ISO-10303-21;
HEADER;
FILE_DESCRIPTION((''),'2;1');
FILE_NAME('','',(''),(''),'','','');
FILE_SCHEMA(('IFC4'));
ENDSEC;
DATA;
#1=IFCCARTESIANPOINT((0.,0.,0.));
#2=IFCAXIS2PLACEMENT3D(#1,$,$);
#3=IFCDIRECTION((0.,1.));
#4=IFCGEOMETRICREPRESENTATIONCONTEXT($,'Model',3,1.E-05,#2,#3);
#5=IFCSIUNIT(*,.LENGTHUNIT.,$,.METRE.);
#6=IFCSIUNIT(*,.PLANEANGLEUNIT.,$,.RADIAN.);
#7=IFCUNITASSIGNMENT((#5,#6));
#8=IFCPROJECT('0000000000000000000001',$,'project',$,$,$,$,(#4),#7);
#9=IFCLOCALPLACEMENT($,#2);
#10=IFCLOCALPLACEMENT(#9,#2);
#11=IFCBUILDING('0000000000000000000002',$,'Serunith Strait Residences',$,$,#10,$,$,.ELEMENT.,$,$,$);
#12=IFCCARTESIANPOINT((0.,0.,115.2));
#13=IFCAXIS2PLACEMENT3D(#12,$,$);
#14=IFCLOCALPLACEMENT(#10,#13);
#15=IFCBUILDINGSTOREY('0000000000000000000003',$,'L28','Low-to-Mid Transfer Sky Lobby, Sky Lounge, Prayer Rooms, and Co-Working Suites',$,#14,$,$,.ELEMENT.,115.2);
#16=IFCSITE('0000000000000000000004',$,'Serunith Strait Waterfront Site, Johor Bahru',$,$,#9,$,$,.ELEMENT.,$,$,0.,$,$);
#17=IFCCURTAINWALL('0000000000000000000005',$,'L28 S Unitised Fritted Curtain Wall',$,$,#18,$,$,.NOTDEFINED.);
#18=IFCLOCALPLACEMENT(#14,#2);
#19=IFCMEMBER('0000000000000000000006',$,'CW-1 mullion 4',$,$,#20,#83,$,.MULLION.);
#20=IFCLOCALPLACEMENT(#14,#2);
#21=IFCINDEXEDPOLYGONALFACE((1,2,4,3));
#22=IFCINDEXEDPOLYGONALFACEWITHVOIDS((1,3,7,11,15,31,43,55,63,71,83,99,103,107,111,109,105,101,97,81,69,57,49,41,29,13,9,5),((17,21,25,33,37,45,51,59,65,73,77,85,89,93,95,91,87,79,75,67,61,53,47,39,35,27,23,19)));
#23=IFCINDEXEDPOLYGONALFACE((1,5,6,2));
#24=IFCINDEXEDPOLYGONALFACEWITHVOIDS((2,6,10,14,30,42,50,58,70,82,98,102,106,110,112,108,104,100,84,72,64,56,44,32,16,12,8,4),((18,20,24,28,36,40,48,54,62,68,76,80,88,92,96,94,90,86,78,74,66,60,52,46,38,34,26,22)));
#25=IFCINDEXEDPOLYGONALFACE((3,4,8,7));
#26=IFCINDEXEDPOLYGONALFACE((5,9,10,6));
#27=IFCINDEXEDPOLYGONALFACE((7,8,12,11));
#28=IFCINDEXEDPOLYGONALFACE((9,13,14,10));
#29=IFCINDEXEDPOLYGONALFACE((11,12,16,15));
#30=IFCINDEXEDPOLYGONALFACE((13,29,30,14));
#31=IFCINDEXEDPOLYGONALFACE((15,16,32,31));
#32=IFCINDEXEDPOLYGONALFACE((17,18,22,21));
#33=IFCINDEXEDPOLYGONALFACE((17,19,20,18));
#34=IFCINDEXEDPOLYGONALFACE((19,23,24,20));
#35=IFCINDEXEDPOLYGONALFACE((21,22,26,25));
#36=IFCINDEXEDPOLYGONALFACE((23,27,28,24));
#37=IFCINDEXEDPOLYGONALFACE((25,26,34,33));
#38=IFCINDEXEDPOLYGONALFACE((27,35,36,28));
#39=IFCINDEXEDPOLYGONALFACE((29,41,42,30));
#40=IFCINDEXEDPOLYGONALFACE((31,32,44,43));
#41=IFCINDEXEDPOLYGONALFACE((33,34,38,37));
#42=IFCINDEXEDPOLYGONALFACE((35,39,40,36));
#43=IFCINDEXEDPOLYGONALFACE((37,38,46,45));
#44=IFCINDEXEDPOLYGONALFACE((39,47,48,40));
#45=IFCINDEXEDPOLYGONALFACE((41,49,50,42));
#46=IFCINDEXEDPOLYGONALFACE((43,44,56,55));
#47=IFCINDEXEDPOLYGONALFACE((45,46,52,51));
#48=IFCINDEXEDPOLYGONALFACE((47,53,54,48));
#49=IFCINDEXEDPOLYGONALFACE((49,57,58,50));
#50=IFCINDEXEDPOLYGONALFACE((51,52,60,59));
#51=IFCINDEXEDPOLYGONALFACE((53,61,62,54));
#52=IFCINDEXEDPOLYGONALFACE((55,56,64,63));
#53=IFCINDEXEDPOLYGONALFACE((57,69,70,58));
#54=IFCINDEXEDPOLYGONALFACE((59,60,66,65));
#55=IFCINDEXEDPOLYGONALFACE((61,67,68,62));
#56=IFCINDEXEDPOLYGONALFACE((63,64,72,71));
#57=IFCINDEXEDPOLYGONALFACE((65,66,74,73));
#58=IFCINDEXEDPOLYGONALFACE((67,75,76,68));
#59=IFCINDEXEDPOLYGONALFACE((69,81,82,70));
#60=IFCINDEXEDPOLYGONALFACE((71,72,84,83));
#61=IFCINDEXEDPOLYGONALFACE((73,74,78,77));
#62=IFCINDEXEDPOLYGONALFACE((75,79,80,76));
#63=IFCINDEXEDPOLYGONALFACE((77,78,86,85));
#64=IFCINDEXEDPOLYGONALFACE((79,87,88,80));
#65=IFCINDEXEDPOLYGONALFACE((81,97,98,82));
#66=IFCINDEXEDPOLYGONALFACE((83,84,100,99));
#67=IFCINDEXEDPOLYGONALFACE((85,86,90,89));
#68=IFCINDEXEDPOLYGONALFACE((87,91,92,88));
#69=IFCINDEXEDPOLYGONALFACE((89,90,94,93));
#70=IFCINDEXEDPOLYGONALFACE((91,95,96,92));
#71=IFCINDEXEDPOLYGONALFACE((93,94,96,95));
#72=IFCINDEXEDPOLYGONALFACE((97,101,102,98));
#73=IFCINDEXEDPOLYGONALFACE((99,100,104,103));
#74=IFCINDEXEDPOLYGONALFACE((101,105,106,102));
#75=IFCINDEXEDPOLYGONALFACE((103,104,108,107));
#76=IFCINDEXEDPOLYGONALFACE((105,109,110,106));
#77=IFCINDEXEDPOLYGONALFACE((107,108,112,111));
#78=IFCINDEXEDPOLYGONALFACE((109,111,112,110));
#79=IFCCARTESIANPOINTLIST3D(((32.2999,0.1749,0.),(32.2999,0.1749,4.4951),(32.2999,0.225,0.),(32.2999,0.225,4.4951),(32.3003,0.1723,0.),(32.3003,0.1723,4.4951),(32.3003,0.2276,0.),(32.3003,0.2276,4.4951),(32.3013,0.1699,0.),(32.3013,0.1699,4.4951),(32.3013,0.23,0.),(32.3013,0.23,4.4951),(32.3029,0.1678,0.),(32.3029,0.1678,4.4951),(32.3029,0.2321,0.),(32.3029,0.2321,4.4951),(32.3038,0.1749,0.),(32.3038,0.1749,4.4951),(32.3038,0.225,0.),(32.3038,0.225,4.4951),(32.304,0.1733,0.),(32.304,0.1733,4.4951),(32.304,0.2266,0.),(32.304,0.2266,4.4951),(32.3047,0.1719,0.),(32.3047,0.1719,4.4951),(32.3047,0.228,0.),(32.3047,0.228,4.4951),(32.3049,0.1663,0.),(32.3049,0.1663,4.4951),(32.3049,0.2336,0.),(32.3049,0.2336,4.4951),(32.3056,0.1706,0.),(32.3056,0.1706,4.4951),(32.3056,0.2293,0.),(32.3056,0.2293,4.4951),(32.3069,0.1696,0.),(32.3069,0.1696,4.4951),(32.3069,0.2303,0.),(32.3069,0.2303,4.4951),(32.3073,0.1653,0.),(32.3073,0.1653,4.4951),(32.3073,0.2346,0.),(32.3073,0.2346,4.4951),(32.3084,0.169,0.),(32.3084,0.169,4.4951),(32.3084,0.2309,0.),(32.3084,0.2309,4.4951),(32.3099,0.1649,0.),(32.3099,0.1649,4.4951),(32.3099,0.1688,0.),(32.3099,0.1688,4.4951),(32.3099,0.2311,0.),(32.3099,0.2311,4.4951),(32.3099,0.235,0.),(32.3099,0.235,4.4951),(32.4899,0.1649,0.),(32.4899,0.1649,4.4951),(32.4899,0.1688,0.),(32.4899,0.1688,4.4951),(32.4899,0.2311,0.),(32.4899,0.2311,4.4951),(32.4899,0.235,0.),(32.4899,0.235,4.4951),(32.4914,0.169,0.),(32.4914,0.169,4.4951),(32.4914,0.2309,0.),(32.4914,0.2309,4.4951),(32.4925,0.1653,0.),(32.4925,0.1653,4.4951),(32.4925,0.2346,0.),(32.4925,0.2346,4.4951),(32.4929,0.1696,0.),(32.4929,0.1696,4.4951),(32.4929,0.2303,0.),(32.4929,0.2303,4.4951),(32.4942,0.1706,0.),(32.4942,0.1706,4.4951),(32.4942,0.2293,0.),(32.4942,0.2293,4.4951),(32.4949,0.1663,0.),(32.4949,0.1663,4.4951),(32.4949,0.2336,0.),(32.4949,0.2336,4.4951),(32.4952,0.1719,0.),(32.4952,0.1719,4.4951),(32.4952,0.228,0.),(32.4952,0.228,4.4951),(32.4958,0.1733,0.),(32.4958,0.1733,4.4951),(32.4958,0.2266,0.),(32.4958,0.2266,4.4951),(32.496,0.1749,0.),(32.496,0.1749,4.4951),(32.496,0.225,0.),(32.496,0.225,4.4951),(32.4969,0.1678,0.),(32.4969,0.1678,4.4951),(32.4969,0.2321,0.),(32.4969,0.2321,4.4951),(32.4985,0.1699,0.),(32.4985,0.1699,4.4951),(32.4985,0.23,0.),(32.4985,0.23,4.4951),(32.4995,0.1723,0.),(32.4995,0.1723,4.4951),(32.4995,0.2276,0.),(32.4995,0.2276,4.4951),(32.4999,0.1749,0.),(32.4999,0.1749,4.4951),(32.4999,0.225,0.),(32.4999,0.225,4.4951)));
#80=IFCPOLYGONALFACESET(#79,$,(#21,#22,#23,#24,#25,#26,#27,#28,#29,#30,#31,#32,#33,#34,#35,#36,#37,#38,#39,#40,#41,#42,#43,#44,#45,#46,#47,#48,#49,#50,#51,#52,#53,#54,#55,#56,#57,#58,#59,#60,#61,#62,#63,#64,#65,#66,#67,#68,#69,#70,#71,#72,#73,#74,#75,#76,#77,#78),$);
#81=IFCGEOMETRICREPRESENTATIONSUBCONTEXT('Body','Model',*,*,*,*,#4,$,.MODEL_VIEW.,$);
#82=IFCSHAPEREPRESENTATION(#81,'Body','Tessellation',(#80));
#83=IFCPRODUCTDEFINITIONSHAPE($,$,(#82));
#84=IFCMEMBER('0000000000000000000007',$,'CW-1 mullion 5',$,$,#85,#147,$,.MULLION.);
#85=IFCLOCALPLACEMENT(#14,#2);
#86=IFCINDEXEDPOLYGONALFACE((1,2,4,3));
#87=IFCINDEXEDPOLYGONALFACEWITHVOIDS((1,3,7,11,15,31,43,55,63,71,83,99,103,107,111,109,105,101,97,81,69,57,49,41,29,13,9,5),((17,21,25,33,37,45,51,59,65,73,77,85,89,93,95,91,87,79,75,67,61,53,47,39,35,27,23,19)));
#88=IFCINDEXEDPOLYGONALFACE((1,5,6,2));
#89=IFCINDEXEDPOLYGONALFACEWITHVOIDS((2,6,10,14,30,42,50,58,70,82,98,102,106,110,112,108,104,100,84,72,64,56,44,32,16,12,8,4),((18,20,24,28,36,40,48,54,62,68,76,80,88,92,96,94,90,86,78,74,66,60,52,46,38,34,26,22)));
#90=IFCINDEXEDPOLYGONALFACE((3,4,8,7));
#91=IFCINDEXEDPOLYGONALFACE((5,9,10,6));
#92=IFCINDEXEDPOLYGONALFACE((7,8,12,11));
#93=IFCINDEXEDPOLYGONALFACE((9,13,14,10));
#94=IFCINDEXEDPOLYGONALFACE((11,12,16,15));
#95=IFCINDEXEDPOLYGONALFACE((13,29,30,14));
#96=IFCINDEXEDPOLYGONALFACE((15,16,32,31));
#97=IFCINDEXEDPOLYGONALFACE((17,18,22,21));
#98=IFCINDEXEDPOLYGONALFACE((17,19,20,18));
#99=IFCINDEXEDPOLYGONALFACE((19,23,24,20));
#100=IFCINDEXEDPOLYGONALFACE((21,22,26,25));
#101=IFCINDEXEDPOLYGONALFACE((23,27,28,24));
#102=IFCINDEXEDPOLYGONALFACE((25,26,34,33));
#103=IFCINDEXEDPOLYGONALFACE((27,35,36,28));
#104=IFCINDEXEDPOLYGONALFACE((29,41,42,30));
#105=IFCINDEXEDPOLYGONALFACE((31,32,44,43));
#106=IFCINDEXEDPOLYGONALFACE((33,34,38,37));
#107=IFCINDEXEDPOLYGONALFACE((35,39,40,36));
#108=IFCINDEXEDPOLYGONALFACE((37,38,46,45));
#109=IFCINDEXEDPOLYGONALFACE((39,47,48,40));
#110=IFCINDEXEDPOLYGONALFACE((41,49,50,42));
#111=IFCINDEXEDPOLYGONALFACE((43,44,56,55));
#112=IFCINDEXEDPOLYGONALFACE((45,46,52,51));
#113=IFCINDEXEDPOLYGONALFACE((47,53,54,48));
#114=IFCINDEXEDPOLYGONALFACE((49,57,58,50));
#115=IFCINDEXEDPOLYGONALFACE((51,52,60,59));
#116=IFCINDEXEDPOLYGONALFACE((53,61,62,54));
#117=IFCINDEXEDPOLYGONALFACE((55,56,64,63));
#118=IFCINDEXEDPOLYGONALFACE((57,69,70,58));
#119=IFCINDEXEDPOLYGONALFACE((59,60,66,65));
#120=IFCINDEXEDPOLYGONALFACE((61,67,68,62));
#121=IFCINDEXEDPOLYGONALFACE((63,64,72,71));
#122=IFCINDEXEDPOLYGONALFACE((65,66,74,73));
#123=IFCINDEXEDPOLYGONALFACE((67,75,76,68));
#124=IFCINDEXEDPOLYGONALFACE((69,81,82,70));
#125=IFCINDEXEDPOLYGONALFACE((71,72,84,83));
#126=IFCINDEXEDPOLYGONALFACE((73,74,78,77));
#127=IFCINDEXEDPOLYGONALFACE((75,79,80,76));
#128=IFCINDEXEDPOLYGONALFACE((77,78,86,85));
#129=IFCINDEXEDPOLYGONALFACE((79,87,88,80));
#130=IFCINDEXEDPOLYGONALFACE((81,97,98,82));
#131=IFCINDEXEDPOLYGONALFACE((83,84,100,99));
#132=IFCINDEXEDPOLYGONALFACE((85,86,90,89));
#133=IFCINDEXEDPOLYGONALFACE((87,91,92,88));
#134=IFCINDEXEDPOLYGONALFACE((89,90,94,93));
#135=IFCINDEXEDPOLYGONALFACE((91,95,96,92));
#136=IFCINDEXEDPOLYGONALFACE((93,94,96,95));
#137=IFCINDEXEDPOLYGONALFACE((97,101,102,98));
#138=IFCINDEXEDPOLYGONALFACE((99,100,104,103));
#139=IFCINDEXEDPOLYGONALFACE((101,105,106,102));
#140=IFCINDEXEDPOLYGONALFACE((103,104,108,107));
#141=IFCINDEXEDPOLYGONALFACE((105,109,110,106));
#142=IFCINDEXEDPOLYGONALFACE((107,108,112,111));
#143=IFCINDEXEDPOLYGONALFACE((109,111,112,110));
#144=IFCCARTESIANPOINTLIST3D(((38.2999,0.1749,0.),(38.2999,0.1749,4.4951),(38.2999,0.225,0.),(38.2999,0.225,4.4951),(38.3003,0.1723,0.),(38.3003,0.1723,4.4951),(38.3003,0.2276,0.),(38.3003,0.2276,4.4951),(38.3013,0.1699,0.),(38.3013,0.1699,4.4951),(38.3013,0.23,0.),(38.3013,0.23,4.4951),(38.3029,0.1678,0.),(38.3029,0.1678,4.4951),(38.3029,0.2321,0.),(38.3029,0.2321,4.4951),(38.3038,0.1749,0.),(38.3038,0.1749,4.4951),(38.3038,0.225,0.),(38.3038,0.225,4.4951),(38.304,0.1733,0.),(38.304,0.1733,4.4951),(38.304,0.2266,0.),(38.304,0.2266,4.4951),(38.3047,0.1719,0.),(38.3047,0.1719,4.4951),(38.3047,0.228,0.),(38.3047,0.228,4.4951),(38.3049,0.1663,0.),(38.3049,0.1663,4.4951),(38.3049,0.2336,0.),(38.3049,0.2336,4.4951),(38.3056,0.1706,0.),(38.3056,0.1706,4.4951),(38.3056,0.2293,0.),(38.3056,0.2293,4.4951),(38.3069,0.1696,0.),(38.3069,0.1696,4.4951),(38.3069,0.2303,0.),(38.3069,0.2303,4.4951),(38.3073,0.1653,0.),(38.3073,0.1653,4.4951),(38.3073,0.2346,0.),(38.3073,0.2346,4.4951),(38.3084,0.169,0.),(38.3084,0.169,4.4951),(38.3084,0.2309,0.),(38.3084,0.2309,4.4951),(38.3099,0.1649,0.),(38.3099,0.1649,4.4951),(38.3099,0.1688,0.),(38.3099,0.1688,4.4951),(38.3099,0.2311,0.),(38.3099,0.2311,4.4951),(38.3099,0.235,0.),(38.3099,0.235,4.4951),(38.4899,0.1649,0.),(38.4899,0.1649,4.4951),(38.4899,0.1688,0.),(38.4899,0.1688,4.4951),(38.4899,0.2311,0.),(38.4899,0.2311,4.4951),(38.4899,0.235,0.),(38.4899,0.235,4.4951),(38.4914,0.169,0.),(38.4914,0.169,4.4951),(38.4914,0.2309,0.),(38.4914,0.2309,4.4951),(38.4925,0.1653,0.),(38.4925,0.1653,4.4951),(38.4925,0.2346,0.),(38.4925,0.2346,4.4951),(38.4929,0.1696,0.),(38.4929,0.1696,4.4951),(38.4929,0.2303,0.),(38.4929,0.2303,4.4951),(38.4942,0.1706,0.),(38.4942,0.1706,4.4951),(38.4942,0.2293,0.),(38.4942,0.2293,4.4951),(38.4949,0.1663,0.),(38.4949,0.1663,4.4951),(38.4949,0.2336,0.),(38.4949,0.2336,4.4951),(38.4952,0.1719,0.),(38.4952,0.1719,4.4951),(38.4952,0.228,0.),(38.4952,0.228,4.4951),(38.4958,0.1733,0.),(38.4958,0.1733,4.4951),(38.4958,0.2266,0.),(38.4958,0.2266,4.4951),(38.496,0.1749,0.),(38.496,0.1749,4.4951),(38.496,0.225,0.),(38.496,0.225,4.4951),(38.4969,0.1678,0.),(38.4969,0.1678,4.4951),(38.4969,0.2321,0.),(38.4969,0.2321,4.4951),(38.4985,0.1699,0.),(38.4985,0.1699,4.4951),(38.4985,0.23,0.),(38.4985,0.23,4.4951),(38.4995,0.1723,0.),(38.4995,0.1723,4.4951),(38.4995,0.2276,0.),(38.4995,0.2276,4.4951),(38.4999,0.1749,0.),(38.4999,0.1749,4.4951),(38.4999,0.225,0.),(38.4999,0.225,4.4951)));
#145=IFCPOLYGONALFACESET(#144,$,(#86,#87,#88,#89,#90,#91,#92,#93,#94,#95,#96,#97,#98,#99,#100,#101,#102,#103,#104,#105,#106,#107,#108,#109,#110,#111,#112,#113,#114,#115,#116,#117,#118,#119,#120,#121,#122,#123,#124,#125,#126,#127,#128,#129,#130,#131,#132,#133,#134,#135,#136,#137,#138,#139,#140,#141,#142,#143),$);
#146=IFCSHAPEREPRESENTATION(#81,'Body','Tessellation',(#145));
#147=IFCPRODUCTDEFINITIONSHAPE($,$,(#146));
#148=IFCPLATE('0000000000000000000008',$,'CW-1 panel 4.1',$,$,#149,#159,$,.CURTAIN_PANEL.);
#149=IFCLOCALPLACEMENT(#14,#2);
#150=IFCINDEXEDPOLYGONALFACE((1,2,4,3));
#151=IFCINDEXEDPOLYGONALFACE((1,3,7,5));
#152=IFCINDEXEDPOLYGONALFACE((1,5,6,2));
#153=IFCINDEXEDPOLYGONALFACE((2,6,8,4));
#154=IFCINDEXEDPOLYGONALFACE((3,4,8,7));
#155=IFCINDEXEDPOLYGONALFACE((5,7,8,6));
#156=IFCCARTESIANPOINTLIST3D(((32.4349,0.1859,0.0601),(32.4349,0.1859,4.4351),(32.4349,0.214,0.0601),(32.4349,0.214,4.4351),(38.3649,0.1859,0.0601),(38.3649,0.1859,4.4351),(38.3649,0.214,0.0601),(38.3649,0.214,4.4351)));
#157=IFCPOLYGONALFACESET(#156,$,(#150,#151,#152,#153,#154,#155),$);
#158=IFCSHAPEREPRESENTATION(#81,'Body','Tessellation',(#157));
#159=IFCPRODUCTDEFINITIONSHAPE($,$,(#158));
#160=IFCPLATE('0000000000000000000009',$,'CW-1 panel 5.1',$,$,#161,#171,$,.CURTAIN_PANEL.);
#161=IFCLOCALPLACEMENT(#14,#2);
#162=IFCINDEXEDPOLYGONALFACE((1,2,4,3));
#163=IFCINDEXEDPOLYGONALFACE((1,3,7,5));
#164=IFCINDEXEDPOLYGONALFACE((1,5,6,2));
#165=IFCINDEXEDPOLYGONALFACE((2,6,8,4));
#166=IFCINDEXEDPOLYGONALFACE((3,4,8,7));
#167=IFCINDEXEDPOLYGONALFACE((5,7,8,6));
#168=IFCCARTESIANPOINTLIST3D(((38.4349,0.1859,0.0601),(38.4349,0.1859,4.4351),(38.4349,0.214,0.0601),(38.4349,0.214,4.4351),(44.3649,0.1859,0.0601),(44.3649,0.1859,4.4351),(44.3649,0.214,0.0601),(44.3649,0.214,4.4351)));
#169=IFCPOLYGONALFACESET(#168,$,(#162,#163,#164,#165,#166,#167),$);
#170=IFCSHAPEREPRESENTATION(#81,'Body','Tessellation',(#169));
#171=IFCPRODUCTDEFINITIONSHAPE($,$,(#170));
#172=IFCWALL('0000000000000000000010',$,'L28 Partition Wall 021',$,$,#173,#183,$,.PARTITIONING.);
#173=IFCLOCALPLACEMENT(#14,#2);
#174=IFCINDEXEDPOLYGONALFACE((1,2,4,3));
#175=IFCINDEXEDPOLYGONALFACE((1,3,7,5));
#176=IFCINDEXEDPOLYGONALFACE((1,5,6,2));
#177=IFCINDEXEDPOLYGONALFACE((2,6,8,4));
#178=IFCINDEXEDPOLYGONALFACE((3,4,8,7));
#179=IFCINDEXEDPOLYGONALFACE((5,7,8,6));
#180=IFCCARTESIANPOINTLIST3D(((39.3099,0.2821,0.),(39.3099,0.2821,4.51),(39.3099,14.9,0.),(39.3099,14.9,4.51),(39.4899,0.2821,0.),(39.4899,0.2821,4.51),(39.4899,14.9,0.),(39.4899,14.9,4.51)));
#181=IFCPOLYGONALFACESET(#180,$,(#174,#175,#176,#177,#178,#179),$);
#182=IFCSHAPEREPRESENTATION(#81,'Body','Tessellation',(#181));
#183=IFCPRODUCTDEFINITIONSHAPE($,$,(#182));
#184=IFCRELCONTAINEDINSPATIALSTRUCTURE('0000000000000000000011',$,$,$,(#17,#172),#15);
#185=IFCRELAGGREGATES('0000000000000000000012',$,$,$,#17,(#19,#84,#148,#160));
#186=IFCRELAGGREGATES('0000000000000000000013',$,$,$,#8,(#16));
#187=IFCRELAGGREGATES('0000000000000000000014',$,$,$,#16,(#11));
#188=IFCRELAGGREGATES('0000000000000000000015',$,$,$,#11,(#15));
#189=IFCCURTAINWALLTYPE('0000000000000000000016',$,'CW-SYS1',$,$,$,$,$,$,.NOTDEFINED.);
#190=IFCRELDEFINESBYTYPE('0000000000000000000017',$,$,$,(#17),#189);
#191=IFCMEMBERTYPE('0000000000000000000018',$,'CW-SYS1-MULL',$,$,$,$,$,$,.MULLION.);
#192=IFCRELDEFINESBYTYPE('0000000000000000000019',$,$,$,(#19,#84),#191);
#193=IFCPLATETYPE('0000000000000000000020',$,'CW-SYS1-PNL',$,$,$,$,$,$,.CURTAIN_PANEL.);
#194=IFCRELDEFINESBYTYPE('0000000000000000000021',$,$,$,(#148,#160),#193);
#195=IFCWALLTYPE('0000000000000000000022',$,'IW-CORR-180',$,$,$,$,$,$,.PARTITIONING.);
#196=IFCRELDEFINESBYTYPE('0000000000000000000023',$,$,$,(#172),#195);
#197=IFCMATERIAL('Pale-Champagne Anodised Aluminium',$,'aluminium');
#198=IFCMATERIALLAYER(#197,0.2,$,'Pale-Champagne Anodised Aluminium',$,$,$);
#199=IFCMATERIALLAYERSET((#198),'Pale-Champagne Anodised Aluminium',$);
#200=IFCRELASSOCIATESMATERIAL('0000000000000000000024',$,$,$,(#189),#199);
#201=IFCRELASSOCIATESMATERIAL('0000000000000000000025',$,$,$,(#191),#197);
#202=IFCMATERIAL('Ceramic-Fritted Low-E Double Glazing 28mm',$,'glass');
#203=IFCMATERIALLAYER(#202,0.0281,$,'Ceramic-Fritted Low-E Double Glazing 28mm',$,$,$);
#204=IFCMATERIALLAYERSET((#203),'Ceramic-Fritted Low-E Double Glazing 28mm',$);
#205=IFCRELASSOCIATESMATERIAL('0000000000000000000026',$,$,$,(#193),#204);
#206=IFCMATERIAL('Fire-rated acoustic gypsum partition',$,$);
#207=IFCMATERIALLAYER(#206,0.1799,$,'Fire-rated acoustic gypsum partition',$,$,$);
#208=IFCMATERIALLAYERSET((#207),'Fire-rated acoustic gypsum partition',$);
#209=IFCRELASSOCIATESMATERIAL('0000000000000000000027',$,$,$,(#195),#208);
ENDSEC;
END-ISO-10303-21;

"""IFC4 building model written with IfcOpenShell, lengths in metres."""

from ifc_helpers import new_model, si_unit, direction, frame, frame_2d, origin, origin_2d, place, context, subcontext, project, spatial, rectangle, hollow_rectangle, extrude, source, transform, mapped, material, layer, layer_set, material_profile, profile_set, type_object, element, aggregate, save


model = new_model("IFC4")

# Units and contexts
model_context = context("Model", 3, precision=1e-05, world=origin(), true_north=direction((0.0, 1.0)))
body_context = subcontext(model_context, "Body", "Model", "MODEL_VIEW")
ifc_project = project(units=[si_unit("LENGTHUNIT", "METRE"), si_unit("PLANEANGLEUNIT", "RADIAN")], contexts=[model_context])

# Site, building, storey
site_placement = place(None, origin())
site = spatial("IfcSite", under=ifc_project, at=site_placement, Name="Serunith Strait Waterfront Site, Johor Bahru", CompositionType="ELEMENT", RefElevation=0.0)
building_placement = place(site_placement, origin())
building = spatial("IfcBuilding", under=site, at=building_placement, Name="Serunith Strait Residences", CompositionType="ELEMENT")
storey_placement = place(building_placement, frame((0.0, 0.0, 115.2)))
storey = spatial("IfcBuildingStorey", under=building, at=storey_placement, Name="L28", Description="Low-to-Mid Transfer Sky Lobby, Sky Lounge, Prayer Rooms, and Co-Working Suites", CompositionType="ELEMENT", Elevation=115.2)

# Curtain wall, members, plates
ifc_material_1 = material(Name="Pale-Champagne Anodised Aluminium", Category="aluminium")
ifc_layer_1 = layer(ifc_material_1, 0.2, Name="Pale-Champagne Anodised Aluminium")
ifc_layer_set_1 = layer_set([ifc_layer_1], Name="Pale-Champagne Anodised Aluminium")
curtain_wall_type = type_object("IfcCurtainWallType", Name="CW-SYS1", PredefinedType="NOTDEFINED", material=ifc_layer_set_1)
curtain_wall_placement = place(storey_placement, origin())
curtain_wall = element("IfcCurtainWall", 1, at=curtain_wall_placement, inside=storey, type_object=curtain_wall_type, Name="L28 S Unitised Fritted Curtain Wall", PredefinedType="NOTDEFINED")
ifc_material_profile_1 = material_profile(ifc_material_1, hollow_rectangle(XDim=0.0701, YDim=0.2, WallThickness=0.0039, InnerFilletRadius=0.0061, OuterFilletRadius=0.01, at=origin_2d()), Name="ALU 200x70x4")
ifc_profile_set_1 = profile_set([ifc_material_profile_1], Name="Pale-Champagne Anodised Aluminium")
member_type_1 = type_object("IfcMemberType", Name="CW-SYS1-MULL", PredefinedType="MULLION", material=ifc_profile_set_1)
shared_shape_1 = source(origin(), body_context, "Body", "SweptSolid", [
    extrude(hollow_rectangle(XDim=0.0701, YDim=0.2, WallThickness=0.0039, InnerFilletRadius=0.0061, OuterFilletRadius=0.01, at=origin_2d()), origin(), (0.0, 0.0, 1.0), 4.4951),
])
member_1_placement = place(storey_placement, frame((32.3999, 0.2, 0.0), z_axis=(0.0, 0.0, 1.0), x_axis=(0.0, 1.0, 0.0)))
member_1 = element("IfcMember", 2, at=member_1_placement, type_object=member_type_1, Name="CW-1 mullion 4", PredefinedType="MULLION", context=body_context, shape_type="MappedRepresentation", body=[
    mapped(shared_shape_1, transform((0.0, 0.0, 0.0), scale=1.0)),
])
member_2_placement = place(storey_placement, frame((38.3999, 0.2, 0.0), z_axis=(0.0, 0.0, 1.0), x_axis=(0.0, 1.0, 0.0)))
member_2 = element("IfcMember", 3, at=member_2_placement, type_object=member_type_1, Name="CW-1 mullion 5", PredefinedType="MULLION", context=body_context, shape_type="MappedRepresentation", body=[
    mapped(shared_shape_1, transform((0.0, 0.0, 0.0), scale=1.0)),
])
ifc_material_2 = material(Name="Ceramic-Fritted Low-E Double Glazing 28mm", Category="glass")
ifc_layer_2 = layer(ifc_material_2, 0.0281, Name="Ceramic-Fritted Low-E Double Glazing 28mm")
ifc_layer_set_2 = layer_set([ifc_layer_2], Name="Ceramic-Fritted Low-E Double Glazing 28mm")
plate_type = type_object("IfcPlateType", Name="CW-SYS1-PNL", PredefinedType="CURTAIN_PANEL", material=ifc_layer_set_2)
shared_shape_2 = source(origin(), body_context, "Body", "SweptSolid", [
    extrude(rectangle(XDim=5.9299, YDim=0.0281, at=origin_2d()), origin(), (0.0, 0.0, 1.0), 4.375),
])
plate_1_placement = place(storey_placement, frame((35.3999, 0.2, 0.0601), z_axis=(0.0, 0.0, 1.0), x_axis=(1.0, 0.0, 0.0)))
plate_1 = element("IfcPlate", 4, at=plate_1_placement, type_object=plate_type, Name="CW-1 panel 4.1", PredefinedType="CURTAIN_PANEL", context=body_context, shape_type="MappedRepresentation", body=[
    mapped(shared_shape_2, transform((0.0, 0.0, 0.0), scale=1.0)),
])
plate_2_placement = place(storey_placement, frame((41.3999, 0.2, 0.0601), z_axis=(0.0, 0.0, 1.0), x_axis=(1.0, 0.0, 0.0)))
plate_2 = element("IfcPlate", 5, at=plate_2_placement, type_object=plate_type, Name="CW-1 panel 5.1", PredefinedType="CURTAIN_PANEL", context=body_context, shape_type="MappedRepresentation", body=[
    mapped(shared_shape_2, transform((0.0, 0.0, 0.0), scale=1.0)),
])
aggregate(curtain_wall, [member_1, member_2, plate_1, plate_2])

# Wall
ifc_material_3 = material(Name="Fire-rated acoustic gypsum partition")
ifc_layer_3 = layer(ifc_material_3, 0.1799, Name="Fire-rated acoustic gypsum partition")
ifc_layer_set_3 = layer_set([ifc_layer_3], Name="Fire-rated acoustic gypsum partition")
wall_type_1 = type_object("IfcWallType", Name="IW-CORR-180", PredefinedType="PARTITIONING", material=ifc_layer_set_3)
wall_1_placement = place(storey_placement, frame((39.3999, 0.282, 0.0), z_axis=(0.0, 0.0, 1.0), x_axis=(0.0, 1.0, 0.0)))
element("IfcWall", 6, at=wall_1_placement, inside=storey, type_object=wall_type_1, Name="L28 Partition Wall 021", PredefinedType="PARTITIONING", context=body_context, shape_type="SweptSolid", body=[
    extrude(rectangle(XDim=14.6179, YDim=0.1799, at=frame_2d((7.3091, 0.0))), origin(), (0.0, 0.0, 1.0), 4.51),
])

save(model, "model.ifc")
